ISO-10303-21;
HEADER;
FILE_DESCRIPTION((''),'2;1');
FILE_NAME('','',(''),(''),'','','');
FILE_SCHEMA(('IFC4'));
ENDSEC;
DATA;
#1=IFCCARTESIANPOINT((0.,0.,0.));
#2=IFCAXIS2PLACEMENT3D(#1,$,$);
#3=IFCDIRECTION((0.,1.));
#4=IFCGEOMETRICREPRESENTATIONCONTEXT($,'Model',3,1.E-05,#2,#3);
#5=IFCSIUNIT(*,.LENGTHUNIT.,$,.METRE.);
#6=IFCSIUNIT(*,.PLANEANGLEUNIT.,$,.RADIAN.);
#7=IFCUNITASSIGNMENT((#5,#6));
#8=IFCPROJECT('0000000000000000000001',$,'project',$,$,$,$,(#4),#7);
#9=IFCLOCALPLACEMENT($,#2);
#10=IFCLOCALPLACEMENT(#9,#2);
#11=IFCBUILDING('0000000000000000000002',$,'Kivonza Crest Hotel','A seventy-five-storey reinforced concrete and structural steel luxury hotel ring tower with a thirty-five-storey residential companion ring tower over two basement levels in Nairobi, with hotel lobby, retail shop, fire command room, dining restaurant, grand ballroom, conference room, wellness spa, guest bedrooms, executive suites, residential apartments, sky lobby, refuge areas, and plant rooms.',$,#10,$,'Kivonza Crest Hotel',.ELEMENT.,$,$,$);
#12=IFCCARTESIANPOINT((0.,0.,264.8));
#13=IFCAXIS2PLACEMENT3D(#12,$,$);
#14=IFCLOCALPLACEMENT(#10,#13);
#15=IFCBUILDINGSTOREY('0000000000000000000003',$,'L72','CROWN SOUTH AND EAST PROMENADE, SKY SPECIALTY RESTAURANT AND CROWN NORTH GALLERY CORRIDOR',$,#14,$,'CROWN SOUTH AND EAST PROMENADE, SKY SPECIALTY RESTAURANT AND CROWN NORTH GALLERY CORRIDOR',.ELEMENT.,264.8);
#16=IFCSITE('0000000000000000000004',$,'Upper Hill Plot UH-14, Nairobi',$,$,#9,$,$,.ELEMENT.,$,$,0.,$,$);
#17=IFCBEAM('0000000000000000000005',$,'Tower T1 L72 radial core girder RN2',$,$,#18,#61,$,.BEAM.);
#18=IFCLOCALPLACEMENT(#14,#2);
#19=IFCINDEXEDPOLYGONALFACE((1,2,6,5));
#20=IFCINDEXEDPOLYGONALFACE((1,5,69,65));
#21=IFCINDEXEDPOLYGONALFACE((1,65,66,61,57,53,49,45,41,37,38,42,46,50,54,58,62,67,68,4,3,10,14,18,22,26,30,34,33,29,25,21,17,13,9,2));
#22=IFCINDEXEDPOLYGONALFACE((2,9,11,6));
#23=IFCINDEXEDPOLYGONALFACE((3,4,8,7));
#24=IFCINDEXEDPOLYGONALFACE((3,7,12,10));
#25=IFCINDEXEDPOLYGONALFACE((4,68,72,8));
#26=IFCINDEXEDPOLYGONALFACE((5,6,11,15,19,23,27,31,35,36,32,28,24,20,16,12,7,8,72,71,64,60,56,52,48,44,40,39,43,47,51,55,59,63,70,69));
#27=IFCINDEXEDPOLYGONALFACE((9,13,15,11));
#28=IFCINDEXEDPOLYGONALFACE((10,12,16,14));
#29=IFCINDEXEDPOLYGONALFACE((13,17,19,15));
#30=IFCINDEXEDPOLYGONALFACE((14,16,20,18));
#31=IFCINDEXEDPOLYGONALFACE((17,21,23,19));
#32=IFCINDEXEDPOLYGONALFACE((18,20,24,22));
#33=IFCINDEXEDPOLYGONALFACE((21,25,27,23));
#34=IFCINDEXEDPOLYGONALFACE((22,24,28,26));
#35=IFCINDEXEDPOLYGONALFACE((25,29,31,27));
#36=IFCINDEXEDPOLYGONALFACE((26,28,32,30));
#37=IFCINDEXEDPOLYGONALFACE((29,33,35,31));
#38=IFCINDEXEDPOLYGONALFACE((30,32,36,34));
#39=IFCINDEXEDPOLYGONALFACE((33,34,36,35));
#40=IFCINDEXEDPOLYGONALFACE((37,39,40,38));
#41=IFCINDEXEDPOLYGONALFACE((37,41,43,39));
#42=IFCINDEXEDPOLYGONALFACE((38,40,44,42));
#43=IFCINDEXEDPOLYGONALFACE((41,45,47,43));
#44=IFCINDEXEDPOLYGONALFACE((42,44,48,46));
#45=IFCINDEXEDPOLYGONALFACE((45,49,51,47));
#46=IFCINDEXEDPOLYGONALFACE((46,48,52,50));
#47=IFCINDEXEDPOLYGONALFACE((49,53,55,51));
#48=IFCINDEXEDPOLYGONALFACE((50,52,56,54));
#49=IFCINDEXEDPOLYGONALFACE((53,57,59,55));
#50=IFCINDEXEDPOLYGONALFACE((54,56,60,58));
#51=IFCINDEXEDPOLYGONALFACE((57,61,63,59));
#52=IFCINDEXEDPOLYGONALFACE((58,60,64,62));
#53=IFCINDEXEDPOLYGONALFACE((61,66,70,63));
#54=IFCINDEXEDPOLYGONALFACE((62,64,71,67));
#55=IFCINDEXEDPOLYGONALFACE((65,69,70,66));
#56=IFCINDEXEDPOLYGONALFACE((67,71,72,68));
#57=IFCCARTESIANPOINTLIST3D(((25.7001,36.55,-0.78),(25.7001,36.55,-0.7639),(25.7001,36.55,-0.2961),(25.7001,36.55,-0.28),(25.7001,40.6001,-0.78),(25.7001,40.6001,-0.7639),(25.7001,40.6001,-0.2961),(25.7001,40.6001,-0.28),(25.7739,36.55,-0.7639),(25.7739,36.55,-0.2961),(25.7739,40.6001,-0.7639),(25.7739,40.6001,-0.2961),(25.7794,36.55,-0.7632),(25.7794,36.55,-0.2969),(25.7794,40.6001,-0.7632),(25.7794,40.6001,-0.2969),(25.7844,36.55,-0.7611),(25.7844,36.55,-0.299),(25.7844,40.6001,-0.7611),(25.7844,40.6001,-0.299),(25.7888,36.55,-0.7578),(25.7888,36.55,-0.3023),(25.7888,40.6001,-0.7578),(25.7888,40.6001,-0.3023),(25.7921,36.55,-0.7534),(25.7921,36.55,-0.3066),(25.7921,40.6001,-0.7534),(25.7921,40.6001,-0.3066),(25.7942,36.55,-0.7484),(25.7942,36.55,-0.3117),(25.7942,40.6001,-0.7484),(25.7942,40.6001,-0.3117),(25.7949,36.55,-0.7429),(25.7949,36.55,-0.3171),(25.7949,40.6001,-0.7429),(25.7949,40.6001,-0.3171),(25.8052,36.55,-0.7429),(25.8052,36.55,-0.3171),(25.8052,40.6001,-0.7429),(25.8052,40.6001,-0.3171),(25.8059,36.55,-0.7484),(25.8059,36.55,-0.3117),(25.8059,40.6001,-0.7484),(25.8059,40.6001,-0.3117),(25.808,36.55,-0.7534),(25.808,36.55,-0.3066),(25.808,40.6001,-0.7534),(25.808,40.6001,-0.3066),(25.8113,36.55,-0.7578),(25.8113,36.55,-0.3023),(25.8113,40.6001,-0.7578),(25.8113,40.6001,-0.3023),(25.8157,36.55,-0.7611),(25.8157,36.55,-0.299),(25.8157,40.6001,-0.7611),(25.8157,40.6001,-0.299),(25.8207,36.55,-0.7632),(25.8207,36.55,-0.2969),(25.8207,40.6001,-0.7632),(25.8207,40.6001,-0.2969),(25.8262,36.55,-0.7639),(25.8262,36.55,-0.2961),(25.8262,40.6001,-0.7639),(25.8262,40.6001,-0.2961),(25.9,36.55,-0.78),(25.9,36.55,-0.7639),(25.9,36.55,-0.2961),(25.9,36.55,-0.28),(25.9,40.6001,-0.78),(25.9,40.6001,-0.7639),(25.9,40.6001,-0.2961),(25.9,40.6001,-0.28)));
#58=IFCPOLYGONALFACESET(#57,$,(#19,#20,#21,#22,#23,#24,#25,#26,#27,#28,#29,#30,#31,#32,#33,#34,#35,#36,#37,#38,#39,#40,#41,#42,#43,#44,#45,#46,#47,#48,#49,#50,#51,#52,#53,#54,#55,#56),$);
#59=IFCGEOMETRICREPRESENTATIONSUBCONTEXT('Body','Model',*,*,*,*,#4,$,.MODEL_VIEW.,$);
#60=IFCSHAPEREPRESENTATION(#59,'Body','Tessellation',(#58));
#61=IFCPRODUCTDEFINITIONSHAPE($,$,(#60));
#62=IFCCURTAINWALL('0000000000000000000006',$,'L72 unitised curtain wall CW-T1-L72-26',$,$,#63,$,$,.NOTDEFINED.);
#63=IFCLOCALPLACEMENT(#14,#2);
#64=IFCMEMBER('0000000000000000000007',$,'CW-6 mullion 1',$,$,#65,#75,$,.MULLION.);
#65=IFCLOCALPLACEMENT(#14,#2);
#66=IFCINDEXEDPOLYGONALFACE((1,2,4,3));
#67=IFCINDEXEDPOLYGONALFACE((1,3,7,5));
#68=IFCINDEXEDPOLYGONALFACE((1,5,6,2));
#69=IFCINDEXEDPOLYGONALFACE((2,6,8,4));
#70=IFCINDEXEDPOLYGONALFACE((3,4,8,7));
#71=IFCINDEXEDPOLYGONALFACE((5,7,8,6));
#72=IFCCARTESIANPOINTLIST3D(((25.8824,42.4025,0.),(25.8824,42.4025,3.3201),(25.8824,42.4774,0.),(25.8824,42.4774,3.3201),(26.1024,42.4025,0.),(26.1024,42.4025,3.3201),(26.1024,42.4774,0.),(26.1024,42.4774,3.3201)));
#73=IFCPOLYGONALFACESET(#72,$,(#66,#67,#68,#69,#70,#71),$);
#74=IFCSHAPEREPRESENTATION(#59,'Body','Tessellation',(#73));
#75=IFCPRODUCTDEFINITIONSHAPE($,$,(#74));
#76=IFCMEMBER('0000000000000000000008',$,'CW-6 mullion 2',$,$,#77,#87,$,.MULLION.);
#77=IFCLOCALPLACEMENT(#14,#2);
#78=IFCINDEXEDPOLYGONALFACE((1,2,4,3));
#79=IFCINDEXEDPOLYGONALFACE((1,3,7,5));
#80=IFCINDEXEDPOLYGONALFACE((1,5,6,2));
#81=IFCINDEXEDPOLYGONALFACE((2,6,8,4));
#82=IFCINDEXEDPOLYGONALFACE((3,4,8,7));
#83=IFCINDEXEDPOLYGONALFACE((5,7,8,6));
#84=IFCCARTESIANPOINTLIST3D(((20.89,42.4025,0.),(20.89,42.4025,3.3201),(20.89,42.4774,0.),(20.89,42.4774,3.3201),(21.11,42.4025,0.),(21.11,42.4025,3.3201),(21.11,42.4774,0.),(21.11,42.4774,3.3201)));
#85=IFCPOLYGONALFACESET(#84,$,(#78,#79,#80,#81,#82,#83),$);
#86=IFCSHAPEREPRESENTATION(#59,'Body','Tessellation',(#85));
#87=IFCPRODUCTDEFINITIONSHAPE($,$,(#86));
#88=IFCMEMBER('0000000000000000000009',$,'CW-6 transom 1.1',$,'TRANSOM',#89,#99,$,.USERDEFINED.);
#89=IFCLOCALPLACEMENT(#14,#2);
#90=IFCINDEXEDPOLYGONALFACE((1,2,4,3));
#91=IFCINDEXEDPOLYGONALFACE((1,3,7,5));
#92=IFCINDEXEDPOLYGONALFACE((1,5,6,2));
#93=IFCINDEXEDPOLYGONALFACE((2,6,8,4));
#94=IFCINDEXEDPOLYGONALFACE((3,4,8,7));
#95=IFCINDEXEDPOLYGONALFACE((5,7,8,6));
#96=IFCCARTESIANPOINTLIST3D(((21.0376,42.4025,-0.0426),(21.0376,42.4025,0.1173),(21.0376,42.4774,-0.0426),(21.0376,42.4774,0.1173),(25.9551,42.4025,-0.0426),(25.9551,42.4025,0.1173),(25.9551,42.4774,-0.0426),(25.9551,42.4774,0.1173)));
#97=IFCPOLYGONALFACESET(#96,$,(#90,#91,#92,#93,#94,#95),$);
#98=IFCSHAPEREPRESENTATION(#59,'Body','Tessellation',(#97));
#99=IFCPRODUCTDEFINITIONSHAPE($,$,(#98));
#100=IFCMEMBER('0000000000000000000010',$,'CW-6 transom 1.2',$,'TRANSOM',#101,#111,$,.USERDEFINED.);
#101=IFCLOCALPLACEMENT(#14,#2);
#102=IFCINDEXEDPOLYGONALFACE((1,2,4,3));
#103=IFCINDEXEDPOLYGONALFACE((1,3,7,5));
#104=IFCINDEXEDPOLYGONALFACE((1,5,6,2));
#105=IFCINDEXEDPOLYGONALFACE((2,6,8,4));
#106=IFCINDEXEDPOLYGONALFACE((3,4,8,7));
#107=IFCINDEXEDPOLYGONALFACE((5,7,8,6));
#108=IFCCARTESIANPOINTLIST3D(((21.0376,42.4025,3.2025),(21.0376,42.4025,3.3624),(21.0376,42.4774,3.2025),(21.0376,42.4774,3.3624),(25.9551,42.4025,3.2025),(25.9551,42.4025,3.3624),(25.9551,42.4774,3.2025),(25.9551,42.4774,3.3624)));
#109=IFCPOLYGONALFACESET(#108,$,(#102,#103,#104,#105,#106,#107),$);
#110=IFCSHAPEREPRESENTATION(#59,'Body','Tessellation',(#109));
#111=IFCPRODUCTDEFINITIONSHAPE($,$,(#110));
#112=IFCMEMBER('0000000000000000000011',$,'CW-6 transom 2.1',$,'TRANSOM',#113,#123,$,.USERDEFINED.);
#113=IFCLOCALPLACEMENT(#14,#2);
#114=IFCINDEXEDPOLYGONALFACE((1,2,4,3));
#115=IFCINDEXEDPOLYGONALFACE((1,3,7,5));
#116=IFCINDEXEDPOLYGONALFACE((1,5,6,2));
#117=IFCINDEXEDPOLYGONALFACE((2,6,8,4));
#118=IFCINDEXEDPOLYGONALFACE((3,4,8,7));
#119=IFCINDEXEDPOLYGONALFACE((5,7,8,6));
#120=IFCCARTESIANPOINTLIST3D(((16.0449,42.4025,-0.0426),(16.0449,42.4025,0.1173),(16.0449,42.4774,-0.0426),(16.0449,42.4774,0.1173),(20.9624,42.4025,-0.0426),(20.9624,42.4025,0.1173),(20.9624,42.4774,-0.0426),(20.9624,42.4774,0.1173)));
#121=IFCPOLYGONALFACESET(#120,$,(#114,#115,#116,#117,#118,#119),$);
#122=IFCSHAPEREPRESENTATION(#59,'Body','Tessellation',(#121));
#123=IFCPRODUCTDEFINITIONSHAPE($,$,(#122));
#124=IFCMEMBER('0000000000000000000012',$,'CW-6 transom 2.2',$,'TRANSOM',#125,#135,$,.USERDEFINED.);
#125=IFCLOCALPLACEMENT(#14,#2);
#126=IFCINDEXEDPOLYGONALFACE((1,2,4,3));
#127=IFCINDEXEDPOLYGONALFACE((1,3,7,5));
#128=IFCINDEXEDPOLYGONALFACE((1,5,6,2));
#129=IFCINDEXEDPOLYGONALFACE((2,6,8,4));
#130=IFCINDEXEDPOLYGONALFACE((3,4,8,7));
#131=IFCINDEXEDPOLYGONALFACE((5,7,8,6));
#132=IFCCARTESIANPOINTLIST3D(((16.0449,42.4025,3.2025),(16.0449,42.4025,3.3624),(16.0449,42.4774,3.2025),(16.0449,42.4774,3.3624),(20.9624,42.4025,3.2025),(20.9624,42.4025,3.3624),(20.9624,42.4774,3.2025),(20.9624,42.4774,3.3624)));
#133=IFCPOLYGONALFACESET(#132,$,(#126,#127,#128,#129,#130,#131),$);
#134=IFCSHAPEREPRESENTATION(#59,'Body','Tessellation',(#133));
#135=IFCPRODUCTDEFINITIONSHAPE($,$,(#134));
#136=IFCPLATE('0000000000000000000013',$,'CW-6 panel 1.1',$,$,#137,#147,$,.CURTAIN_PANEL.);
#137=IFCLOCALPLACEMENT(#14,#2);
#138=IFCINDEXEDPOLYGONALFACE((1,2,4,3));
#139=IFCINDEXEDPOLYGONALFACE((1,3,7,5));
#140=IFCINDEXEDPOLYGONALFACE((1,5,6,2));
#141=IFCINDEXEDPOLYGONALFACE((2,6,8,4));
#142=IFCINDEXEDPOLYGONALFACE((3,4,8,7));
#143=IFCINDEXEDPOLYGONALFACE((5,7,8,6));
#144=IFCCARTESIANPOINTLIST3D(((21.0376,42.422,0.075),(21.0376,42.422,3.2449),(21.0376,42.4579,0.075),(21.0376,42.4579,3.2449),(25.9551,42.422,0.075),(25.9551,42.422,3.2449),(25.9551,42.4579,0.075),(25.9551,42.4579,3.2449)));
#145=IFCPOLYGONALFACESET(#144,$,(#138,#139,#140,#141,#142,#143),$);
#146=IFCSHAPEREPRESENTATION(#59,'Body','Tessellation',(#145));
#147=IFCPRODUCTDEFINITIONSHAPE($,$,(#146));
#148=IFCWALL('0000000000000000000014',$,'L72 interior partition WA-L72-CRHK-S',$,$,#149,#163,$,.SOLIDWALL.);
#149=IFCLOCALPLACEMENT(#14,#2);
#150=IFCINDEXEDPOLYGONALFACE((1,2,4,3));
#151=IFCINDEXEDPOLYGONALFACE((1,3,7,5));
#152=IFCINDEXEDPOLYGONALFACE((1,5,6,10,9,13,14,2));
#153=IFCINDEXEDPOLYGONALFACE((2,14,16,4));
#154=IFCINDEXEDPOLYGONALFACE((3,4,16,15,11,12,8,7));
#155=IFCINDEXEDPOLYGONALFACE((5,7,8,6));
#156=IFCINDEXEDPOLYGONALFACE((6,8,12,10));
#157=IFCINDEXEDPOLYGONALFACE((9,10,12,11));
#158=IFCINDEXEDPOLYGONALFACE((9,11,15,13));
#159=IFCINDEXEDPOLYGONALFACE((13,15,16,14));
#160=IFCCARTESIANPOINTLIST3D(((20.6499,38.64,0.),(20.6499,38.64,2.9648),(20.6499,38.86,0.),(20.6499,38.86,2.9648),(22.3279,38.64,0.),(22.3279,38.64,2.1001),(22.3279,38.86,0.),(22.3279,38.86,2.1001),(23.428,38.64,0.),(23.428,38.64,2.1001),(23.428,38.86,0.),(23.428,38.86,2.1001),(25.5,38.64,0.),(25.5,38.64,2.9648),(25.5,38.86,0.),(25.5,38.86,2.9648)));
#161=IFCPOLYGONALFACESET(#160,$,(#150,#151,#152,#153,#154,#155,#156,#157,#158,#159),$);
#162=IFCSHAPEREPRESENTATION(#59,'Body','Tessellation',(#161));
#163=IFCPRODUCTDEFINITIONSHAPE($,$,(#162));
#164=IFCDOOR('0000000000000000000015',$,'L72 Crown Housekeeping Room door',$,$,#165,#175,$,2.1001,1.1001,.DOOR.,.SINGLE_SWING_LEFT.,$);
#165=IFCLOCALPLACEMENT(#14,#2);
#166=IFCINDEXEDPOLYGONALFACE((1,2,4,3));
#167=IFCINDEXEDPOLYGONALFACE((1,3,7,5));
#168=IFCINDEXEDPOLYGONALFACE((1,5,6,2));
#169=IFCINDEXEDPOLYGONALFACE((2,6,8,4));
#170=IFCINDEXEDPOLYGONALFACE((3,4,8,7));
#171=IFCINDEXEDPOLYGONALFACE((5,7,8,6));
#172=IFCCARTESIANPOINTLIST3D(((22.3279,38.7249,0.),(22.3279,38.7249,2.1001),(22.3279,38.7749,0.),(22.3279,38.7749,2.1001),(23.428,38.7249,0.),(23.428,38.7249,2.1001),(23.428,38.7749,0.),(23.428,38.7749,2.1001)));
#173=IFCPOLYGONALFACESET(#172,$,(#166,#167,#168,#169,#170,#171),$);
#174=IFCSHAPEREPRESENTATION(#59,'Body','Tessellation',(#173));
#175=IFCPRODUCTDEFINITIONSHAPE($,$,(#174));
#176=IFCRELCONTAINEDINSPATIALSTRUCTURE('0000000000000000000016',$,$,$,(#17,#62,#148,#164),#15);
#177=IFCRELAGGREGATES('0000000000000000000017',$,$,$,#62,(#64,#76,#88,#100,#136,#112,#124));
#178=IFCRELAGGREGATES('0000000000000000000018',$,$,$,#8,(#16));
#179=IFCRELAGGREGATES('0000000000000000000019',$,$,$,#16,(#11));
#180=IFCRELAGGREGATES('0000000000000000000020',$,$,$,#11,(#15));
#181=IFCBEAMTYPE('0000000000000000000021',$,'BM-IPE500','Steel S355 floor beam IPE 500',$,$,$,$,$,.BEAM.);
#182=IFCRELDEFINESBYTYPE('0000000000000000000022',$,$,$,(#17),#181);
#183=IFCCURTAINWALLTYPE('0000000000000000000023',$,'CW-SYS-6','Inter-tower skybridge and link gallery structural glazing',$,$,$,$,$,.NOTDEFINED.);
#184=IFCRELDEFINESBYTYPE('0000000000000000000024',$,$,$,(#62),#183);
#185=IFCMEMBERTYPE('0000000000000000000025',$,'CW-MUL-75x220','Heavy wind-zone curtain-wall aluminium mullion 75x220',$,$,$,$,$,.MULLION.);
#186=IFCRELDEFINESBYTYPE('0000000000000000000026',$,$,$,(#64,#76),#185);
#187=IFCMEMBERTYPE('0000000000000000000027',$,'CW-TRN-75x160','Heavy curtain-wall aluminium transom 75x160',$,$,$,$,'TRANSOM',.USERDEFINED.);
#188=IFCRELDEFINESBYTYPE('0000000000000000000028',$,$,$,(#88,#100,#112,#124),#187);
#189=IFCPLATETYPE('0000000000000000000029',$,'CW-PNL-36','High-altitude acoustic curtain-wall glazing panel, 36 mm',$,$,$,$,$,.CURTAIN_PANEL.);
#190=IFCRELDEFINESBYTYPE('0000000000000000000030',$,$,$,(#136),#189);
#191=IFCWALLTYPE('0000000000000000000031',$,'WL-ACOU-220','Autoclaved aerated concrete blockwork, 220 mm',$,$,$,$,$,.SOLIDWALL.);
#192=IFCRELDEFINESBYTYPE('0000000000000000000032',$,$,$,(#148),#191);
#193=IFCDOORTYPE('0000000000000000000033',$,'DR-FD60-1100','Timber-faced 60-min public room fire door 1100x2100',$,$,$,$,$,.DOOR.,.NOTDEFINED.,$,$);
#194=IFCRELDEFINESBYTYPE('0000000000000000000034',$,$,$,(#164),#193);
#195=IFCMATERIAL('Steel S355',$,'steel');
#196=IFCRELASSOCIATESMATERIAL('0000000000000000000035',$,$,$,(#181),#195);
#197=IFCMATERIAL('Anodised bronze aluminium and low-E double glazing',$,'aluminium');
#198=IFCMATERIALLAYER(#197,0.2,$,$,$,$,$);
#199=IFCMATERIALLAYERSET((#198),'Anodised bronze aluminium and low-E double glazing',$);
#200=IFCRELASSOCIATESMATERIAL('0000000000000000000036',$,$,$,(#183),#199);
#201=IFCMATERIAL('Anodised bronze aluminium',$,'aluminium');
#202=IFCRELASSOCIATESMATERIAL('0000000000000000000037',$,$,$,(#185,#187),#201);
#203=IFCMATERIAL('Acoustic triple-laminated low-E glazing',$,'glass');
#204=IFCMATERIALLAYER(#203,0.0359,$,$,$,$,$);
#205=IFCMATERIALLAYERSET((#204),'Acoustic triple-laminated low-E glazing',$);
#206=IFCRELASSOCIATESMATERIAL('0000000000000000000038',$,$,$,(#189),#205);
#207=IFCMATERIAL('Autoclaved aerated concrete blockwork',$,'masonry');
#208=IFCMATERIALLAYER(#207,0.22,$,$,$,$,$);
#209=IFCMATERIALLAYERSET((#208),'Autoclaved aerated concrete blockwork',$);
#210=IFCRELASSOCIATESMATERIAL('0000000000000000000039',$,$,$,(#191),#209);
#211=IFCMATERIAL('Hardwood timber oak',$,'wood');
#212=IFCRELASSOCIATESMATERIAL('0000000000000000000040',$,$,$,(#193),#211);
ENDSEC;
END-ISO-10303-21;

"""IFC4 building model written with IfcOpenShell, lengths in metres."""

from ifc_helpers import new_model, si_unit, direction, frame, frame_2d, origin, origin_2d, place, context, subcontext, project, spatial, rectangle, i_section, extrude, material, layer, layer_set, material_profile, profile_set, type_object, element, fill, aggregate, save


model = new_model("IFC4")

# Units and contexts
model_context = context("Model", 3, precision=1e-05, world=origin(), true_north=direction((0.0, 1.0)))
body_context = subcontext(model_context, "Body", "Model", "MODEL_VIEW")
ifc_project = project(units=[si_unit("LENGTHUNIT", "METRE"), si_unit("PLANEANGLEUNIT", "RADIAN")], contexts=[model_context])

# Site, building, storey
site_placement = place(None, origin())
site = spatial("IfcSite", under=ifc_project, at=site_placement, Name="Upper Hill Plot UH-14, Nairobi", CompositionType="ELEMENT", RefElevation=0.0)
building_placement = place(site_placement, origin())
building = spatial("IfcBuilding", under=site, at=building_placement, Name="Kivonza Crest Hotel", Description="A seventy-five-storey reinforced concrete and structural steel luxury hotel ring tower with a thirty-five-storey residential companion ring tower over two basement levels in Nairobi, with hotel lobby, retail shop, fire command room, dining restaurant, grand ballroom, conference room, wellness spa, guest bedrooms, executive suites, residential apartments, sky lobby, refuge areas, and plant rooms.", LongName="Kivonza Crest Hotel", CompositionType="ELEMENT")
storey_placement = place(building_placement, frame((0.0, 0.0, 264.8)))
storey = spatial("IfcBuildingStorey", under=building, at=storey_placement, Name="L72", Description="CROWN SOUTH AND EAST PROMENADE, SKY SPECIALTY RESTAURANT AND CROWN NORTH GALLERY CORRIDOR", LongName="CROWN SOUTH AND EAST PROMENADE, SKY SPECIALTY RESTAURANT AND CROWN NORTH GALLERY CORRIDOR", CompositionType="ELEMENT", Elevation=264.8)

# Beam
ifc_material_1 = material(Name="Steel S355", Category="steel")
ifc_material_profile_1 = material_profile(ifc_material_1, i_section(OverallWidth=0.2, OverallDepth=0.5, WebThickness=0.0103, FlangeThickness=0.0161, FilletRadius=0.021, at=origin_2d()), Name="IPE 500")
ifc_profile_set_1 = profile_set([ifc_material_profile_1], Name="Steel S355")
beam_type_1 = type_object("IfcBeamType", Name="BM-IPE500", Description="Steel S355 floor beam IPE 500", PredefinedType="BEAM", material=ifc_profile_set_1)
beam_1_placement = place(storey_placement, frame((25.8, 40.6001, -0.53), z_axis=(0.0, -1.0, 0.0), x_axis=(1.0, 0.0, 0.0)))
element("IfcBeam", 1, at=beam_1_placement, inside=storey, type_object=beam_type_1, Name="Tower T1 L72 radial core girder RN2", PredefinedType="BEAM", context=body_context, shape_type="SweptSolid", body=[
    extrude(i_section(OverallWidth=0.2, OverallDepth=0.5, WebThickness=0.0103, FlangeThickness=0.0161, FilletRadius=0.021, at=origin_2d()), origin(), (0.0, 0.0, 1.0), 4.05),
])

# Curtain wall, members, plate
ifc_material_2 = material(Name="Anodised bronze aluminium and low-E double glazing", Category="aluminium")
ifc_layer_1 = layer(ifc_material_2, 0.2)
ifc_layer_set_1 = layer_set([ifc_layer_1], Name="Anodised bronze aluminium and low-E double glazing")
curtain_wall_type = type_object("IfcCurtainWallType", Name="CW-SYS-6", Description="Inter-tower skybridge and link gallery structural glazing", PredefinedType="NOTDEFINED", material=ifc_layer_set_1)
curtain_wall_placement = place(storey_placement, origin())
curtain_wall = element("IfcCurtainWall", 2, at=curtain_wall_placement, inside=storey, type_object=curtain_wall_type, Name="L72 unitised curtain wall CW-T1-L72-26", PredefinedType="NOTDEFINED")
ifc_material_3 = material(Name="Anodised bronze aluminium", Category="aluminium")
ifc_material_profile_2 = material_profile(ifc_material_3, rectangle(XDim=0.075, YDim=0.22, at=origin_2d()), Name="CW-M 75x220")
ifc_profile_set_2 = profile_set([ifc_material_profile_2], Name="Anodised bronze aluminium")
member_type_1 = type_object("IfcMemberType", Name="CW-MUL-75x220", Description="Heavy wind-zone curtain-wall aluminium mullion 75x220", PredefinedType="MULLION", material=ifc_profile_set_2)
member_1_placement = place(storey_placement, frame((25.9924, 42.4399, 0.0), z_axis=(0.0, 0.0, 1.0), x_axis=(0.0, -1.0, 0.0)))
member_1 = element("IfcMember", 3, at=member_1_placement, type_object=member_type_1, Name="CW-6 mullion 1", PredefinedType="MULLION", context=body_context, shape_type="SweptSolid", body=[
    extrude(rectangle(XDim=0.075, YDim=0.22, at=origin_2d()), origin(), (0.0, 0.0, 1.0), 3.3201),
])
member_2_placement = place(storey_placement, frame((21.0, 42.4399, 0.0), z_axis=(0.0, 0.0, 1.0), x_axis=(0.0, -1.0, 0.0)))
member_2 = element("IfcMember", 4, at=member_2_placement, type_object=member_type_1, Name="CW-6 mullion 2", PredefinedType="MULLION", context=body_context, shape_type="SweptSolid", body=[
    extrude(rectangle(XDim=0.075, YDim=0.22, at=origin_2d()), origin(), (0.0, 0.0, 1.0), 3.3201),
])
ifc_material_profile_3 = material_profile(ifc_material_3, rectangle(XDim=0.075, YDim=0.1599, at=origin_2d()), Name="CW-T 75x160")
ifc_profile_set_3 = profile_set([ifc_material_profile_3], Name="Anodised bronze aluminium")
member_type_2 = type_object("IfcMemberType", Name="CW-TRN-75x160", Description="Heavy curtain-wall aluminium transom 75x160", ElementType="TRANSOM", PredefinedType="USERDEFINED", material=ifc_profile_set_3)
member_3_placement = place(storey_placement, frame((25.9551, 42.4399, 0.0374), z_axis=(-1.0, 0.0, 0.0), x_axis=(0.0, -1.0, 0.0)))
member_3 = element("IfcMember", 5, at=member_3_placement, type_object=member_type_2, Name="CW-6 transom 1.1", ObjectType="TRANSOM", PredefinedType="USERDEFINED", context=body_context, shape_type="SweptSolid", body=[
    extrude(rectangle(XDim=0.075, YDim=0.1599, at=origin_2d()), origin(), (0.0, 0.0, 1.0), 4.9175),
])
member_4_placement = place(storey_placement, frame((25.9551, 42.4399, 3.2825), z_axis=(-1.0, 0.0, 0.0), x_axis=(0.0, -1.0, 0.0)))
member_4 = element("IfcMember", 6, at=member_4_placement, type_object=member_type_2, Name="CW-6 transom 1.2", ObjectType="TRANSOM", PredefinedType="USERDEFINED", context=body_context, shape_type="SweptSolid", body=[
    extrude(rectangle(XDim=0.075, YDim=0.1599, at=origin_2d()), origin(), (0.0, 0.0, 1.0), 4.9175),
])
member_5_placement = place(storey_placement, frame((20.9624, 42.4399, 0.0374), z_axis=(-1.0, 0.0, 0.0), x_axis=(0.0, -1.0, 0.0)))
member_5 = element("IfcMember", 7, at=member_5_placement, type_object=member_type_2, Name="CW-6 transom 2.1", ObjectType="TRANSOM", PredefinedType="USERDEFINED", context=body_context, shape_type="SweptSolid", body=[
    extrude(rectangle(XDim=0.075, YDim=0.1599, at=origin_2d()), origin(), (0.0, 0.0, 1.0), 4.9175),
])
member_6_placement = place(storey_placement, frame((20.9624, 42.4399, 3.2825), z_axis=(-1.0, 0.0, 0.0), x_axis=(0.0, -1.0, 0.0)))
member_6 = element("IfcMember", 8, at=member_6_placement, type_object=member_type_2, Name="CW-6 transom 2.2", ObjectType="TRANSOM", PredefinedType="USERDEFINED", context=body_context, shape_type="SweptSolid", body=[
    extrude(rectangle(XDim=0.075, YDim=0.1599, at=origin_2d()), origin(), (0.0, 0.0, 1.0), 4.9175),
])
ifc_material_4 = material(Name="Acoustic triple-laminated low-E glazing", Category="glass")
ifc_layer_2 = layer(ifc_material_4, 0.0359)
ifc_layer_set_2 = layer_set([ifc_layer_2], Name="Acoustic triple-laminated low-E glazing")
plate_type = type_object("IfcPlateType", Name="CW-PNL-36", Description="High-altitude acoustic curtain-wall glazing panel, 36 mm", PredefinedType="CURTAIN_PANEL", material=ifc_layer_set_2)
plate_placement = place(storey_placement, frame((23.4963, 42.4399, 0.075), z_axis=(0.0, 0.0, 1.0), x_axis=(-1.0, 0.0, 0.0)))
plate = element("IfcPlate", 9, at=plate_placement, type_object=plate_type, Name="CW-6 panel 1.1", PredefinedType="CURTAIN_PANEL", context=body_context, shape_type="SweptSolid", body=[
    extrude(rectangle(XDim=4.9175, YDim=0.0359, at=origin_2d()), origin(), (0.0, 0.0, 1.0), 3.1699),
])
aggregate(curtain_wall, [member_1, member_2, member_3, member_4, plate, member_5, member_6])

# Wall, opening, door
ifc_material_5 = material(Name="Autoclaved aerated concrete blockwork", Category="masonry")
ifc_layer_3 = layer(ifc_material_5, 0.22)
ifc_layer_set_3 = layer_set([ifc_layer_3], Name="Autoclaved aerated concrete blockwork")
wall_type_1 = type_object("IfcWallType", Name="WL-ACOU-220", Description="Autoclaved aerated concrete blockwork, 220 mm", PredefinedType="SOLIDWALL", material=ifc_layer_set_3)
wall_1_placement = place(storey_placement, frame((20.6499, 38.75, 0.0), z_axis=(0.0, 0.0, 1.0), x_axis=(1.0, 0.0, 0.0)))
wall_1 = element("IfcWall", 10, at=wall_1_placement, inside=storey, type_object=wall_type_1, Name="L72 interior partition WA-L72-CRHK-S", PredefinedType="SOLIDWALL", context=body_context, shape_type="SweptSolid", body=[
    extrude(rectangle(XDim=4.8501, YDim=0.22, at=frame_2d((2.425, 0.0))), origin(), (0.0, 0.0, 1.0), 2.9648),
])
opening_1_placement = place(wall_1_placement, frame((1.678, 0.0, 0.0)))
opening_1 = element("IfcOpeningElement", 11, at=opening_1_placement, cuts=wall_1, PredefinedType="OPENING", context=body_context, shape_type="SweptSolid", body=[
    extrude(rectangle(XDim=1.1001, YDim=2.1001, at=frame_2d((0.55, 1.05))), frame((0.0, 0.1201, 0.0), z_axis=(0.0, -1.0, 0.0), x_axis=(1.0, 0.0, 0.0)), (0.0, 0.0, 1.0), 0.24),
])
ifc_material_6 = material(Name="Hardwood timber oak", Category="wood")
door_type_1 = type_object("IfcDoorType", Name="DR-FD60-1100", Description="Timber-faced 60-min public room fire door 1100x2100", OperationType="NOTDEFINED", PredefinedType="DOOR", material=ifc_material_6)
door_1_placement = place(opening_1_placement, origin())
door_1 = element("IfcDoor", 12, at=door_1_placement, inside=storey, type_object=door_type_1, Name="L72 Crown Housekeeping Room door", OperationType="SINGLE_SWING_LEFT", OverallHeight=2.1001, OverallWidth=1.1001, PredefinedType="DOOR", context=body_context, shape_type="SweptSolid", body=[
    extrude(rectangle(XDim=1.1001, YDim=2.1001, at=frame_2d((0.55, 1.05))), frame((0.0, 0.0249, 0.0), z_axis=(0.0, -1.0, 0.0), x_axis=(1.0, 0.0, 0.0)), (0.0, 0.0, 1.0), 0.05),
])
fill(opening_1, door_1)

save(model, "model.ifc")
